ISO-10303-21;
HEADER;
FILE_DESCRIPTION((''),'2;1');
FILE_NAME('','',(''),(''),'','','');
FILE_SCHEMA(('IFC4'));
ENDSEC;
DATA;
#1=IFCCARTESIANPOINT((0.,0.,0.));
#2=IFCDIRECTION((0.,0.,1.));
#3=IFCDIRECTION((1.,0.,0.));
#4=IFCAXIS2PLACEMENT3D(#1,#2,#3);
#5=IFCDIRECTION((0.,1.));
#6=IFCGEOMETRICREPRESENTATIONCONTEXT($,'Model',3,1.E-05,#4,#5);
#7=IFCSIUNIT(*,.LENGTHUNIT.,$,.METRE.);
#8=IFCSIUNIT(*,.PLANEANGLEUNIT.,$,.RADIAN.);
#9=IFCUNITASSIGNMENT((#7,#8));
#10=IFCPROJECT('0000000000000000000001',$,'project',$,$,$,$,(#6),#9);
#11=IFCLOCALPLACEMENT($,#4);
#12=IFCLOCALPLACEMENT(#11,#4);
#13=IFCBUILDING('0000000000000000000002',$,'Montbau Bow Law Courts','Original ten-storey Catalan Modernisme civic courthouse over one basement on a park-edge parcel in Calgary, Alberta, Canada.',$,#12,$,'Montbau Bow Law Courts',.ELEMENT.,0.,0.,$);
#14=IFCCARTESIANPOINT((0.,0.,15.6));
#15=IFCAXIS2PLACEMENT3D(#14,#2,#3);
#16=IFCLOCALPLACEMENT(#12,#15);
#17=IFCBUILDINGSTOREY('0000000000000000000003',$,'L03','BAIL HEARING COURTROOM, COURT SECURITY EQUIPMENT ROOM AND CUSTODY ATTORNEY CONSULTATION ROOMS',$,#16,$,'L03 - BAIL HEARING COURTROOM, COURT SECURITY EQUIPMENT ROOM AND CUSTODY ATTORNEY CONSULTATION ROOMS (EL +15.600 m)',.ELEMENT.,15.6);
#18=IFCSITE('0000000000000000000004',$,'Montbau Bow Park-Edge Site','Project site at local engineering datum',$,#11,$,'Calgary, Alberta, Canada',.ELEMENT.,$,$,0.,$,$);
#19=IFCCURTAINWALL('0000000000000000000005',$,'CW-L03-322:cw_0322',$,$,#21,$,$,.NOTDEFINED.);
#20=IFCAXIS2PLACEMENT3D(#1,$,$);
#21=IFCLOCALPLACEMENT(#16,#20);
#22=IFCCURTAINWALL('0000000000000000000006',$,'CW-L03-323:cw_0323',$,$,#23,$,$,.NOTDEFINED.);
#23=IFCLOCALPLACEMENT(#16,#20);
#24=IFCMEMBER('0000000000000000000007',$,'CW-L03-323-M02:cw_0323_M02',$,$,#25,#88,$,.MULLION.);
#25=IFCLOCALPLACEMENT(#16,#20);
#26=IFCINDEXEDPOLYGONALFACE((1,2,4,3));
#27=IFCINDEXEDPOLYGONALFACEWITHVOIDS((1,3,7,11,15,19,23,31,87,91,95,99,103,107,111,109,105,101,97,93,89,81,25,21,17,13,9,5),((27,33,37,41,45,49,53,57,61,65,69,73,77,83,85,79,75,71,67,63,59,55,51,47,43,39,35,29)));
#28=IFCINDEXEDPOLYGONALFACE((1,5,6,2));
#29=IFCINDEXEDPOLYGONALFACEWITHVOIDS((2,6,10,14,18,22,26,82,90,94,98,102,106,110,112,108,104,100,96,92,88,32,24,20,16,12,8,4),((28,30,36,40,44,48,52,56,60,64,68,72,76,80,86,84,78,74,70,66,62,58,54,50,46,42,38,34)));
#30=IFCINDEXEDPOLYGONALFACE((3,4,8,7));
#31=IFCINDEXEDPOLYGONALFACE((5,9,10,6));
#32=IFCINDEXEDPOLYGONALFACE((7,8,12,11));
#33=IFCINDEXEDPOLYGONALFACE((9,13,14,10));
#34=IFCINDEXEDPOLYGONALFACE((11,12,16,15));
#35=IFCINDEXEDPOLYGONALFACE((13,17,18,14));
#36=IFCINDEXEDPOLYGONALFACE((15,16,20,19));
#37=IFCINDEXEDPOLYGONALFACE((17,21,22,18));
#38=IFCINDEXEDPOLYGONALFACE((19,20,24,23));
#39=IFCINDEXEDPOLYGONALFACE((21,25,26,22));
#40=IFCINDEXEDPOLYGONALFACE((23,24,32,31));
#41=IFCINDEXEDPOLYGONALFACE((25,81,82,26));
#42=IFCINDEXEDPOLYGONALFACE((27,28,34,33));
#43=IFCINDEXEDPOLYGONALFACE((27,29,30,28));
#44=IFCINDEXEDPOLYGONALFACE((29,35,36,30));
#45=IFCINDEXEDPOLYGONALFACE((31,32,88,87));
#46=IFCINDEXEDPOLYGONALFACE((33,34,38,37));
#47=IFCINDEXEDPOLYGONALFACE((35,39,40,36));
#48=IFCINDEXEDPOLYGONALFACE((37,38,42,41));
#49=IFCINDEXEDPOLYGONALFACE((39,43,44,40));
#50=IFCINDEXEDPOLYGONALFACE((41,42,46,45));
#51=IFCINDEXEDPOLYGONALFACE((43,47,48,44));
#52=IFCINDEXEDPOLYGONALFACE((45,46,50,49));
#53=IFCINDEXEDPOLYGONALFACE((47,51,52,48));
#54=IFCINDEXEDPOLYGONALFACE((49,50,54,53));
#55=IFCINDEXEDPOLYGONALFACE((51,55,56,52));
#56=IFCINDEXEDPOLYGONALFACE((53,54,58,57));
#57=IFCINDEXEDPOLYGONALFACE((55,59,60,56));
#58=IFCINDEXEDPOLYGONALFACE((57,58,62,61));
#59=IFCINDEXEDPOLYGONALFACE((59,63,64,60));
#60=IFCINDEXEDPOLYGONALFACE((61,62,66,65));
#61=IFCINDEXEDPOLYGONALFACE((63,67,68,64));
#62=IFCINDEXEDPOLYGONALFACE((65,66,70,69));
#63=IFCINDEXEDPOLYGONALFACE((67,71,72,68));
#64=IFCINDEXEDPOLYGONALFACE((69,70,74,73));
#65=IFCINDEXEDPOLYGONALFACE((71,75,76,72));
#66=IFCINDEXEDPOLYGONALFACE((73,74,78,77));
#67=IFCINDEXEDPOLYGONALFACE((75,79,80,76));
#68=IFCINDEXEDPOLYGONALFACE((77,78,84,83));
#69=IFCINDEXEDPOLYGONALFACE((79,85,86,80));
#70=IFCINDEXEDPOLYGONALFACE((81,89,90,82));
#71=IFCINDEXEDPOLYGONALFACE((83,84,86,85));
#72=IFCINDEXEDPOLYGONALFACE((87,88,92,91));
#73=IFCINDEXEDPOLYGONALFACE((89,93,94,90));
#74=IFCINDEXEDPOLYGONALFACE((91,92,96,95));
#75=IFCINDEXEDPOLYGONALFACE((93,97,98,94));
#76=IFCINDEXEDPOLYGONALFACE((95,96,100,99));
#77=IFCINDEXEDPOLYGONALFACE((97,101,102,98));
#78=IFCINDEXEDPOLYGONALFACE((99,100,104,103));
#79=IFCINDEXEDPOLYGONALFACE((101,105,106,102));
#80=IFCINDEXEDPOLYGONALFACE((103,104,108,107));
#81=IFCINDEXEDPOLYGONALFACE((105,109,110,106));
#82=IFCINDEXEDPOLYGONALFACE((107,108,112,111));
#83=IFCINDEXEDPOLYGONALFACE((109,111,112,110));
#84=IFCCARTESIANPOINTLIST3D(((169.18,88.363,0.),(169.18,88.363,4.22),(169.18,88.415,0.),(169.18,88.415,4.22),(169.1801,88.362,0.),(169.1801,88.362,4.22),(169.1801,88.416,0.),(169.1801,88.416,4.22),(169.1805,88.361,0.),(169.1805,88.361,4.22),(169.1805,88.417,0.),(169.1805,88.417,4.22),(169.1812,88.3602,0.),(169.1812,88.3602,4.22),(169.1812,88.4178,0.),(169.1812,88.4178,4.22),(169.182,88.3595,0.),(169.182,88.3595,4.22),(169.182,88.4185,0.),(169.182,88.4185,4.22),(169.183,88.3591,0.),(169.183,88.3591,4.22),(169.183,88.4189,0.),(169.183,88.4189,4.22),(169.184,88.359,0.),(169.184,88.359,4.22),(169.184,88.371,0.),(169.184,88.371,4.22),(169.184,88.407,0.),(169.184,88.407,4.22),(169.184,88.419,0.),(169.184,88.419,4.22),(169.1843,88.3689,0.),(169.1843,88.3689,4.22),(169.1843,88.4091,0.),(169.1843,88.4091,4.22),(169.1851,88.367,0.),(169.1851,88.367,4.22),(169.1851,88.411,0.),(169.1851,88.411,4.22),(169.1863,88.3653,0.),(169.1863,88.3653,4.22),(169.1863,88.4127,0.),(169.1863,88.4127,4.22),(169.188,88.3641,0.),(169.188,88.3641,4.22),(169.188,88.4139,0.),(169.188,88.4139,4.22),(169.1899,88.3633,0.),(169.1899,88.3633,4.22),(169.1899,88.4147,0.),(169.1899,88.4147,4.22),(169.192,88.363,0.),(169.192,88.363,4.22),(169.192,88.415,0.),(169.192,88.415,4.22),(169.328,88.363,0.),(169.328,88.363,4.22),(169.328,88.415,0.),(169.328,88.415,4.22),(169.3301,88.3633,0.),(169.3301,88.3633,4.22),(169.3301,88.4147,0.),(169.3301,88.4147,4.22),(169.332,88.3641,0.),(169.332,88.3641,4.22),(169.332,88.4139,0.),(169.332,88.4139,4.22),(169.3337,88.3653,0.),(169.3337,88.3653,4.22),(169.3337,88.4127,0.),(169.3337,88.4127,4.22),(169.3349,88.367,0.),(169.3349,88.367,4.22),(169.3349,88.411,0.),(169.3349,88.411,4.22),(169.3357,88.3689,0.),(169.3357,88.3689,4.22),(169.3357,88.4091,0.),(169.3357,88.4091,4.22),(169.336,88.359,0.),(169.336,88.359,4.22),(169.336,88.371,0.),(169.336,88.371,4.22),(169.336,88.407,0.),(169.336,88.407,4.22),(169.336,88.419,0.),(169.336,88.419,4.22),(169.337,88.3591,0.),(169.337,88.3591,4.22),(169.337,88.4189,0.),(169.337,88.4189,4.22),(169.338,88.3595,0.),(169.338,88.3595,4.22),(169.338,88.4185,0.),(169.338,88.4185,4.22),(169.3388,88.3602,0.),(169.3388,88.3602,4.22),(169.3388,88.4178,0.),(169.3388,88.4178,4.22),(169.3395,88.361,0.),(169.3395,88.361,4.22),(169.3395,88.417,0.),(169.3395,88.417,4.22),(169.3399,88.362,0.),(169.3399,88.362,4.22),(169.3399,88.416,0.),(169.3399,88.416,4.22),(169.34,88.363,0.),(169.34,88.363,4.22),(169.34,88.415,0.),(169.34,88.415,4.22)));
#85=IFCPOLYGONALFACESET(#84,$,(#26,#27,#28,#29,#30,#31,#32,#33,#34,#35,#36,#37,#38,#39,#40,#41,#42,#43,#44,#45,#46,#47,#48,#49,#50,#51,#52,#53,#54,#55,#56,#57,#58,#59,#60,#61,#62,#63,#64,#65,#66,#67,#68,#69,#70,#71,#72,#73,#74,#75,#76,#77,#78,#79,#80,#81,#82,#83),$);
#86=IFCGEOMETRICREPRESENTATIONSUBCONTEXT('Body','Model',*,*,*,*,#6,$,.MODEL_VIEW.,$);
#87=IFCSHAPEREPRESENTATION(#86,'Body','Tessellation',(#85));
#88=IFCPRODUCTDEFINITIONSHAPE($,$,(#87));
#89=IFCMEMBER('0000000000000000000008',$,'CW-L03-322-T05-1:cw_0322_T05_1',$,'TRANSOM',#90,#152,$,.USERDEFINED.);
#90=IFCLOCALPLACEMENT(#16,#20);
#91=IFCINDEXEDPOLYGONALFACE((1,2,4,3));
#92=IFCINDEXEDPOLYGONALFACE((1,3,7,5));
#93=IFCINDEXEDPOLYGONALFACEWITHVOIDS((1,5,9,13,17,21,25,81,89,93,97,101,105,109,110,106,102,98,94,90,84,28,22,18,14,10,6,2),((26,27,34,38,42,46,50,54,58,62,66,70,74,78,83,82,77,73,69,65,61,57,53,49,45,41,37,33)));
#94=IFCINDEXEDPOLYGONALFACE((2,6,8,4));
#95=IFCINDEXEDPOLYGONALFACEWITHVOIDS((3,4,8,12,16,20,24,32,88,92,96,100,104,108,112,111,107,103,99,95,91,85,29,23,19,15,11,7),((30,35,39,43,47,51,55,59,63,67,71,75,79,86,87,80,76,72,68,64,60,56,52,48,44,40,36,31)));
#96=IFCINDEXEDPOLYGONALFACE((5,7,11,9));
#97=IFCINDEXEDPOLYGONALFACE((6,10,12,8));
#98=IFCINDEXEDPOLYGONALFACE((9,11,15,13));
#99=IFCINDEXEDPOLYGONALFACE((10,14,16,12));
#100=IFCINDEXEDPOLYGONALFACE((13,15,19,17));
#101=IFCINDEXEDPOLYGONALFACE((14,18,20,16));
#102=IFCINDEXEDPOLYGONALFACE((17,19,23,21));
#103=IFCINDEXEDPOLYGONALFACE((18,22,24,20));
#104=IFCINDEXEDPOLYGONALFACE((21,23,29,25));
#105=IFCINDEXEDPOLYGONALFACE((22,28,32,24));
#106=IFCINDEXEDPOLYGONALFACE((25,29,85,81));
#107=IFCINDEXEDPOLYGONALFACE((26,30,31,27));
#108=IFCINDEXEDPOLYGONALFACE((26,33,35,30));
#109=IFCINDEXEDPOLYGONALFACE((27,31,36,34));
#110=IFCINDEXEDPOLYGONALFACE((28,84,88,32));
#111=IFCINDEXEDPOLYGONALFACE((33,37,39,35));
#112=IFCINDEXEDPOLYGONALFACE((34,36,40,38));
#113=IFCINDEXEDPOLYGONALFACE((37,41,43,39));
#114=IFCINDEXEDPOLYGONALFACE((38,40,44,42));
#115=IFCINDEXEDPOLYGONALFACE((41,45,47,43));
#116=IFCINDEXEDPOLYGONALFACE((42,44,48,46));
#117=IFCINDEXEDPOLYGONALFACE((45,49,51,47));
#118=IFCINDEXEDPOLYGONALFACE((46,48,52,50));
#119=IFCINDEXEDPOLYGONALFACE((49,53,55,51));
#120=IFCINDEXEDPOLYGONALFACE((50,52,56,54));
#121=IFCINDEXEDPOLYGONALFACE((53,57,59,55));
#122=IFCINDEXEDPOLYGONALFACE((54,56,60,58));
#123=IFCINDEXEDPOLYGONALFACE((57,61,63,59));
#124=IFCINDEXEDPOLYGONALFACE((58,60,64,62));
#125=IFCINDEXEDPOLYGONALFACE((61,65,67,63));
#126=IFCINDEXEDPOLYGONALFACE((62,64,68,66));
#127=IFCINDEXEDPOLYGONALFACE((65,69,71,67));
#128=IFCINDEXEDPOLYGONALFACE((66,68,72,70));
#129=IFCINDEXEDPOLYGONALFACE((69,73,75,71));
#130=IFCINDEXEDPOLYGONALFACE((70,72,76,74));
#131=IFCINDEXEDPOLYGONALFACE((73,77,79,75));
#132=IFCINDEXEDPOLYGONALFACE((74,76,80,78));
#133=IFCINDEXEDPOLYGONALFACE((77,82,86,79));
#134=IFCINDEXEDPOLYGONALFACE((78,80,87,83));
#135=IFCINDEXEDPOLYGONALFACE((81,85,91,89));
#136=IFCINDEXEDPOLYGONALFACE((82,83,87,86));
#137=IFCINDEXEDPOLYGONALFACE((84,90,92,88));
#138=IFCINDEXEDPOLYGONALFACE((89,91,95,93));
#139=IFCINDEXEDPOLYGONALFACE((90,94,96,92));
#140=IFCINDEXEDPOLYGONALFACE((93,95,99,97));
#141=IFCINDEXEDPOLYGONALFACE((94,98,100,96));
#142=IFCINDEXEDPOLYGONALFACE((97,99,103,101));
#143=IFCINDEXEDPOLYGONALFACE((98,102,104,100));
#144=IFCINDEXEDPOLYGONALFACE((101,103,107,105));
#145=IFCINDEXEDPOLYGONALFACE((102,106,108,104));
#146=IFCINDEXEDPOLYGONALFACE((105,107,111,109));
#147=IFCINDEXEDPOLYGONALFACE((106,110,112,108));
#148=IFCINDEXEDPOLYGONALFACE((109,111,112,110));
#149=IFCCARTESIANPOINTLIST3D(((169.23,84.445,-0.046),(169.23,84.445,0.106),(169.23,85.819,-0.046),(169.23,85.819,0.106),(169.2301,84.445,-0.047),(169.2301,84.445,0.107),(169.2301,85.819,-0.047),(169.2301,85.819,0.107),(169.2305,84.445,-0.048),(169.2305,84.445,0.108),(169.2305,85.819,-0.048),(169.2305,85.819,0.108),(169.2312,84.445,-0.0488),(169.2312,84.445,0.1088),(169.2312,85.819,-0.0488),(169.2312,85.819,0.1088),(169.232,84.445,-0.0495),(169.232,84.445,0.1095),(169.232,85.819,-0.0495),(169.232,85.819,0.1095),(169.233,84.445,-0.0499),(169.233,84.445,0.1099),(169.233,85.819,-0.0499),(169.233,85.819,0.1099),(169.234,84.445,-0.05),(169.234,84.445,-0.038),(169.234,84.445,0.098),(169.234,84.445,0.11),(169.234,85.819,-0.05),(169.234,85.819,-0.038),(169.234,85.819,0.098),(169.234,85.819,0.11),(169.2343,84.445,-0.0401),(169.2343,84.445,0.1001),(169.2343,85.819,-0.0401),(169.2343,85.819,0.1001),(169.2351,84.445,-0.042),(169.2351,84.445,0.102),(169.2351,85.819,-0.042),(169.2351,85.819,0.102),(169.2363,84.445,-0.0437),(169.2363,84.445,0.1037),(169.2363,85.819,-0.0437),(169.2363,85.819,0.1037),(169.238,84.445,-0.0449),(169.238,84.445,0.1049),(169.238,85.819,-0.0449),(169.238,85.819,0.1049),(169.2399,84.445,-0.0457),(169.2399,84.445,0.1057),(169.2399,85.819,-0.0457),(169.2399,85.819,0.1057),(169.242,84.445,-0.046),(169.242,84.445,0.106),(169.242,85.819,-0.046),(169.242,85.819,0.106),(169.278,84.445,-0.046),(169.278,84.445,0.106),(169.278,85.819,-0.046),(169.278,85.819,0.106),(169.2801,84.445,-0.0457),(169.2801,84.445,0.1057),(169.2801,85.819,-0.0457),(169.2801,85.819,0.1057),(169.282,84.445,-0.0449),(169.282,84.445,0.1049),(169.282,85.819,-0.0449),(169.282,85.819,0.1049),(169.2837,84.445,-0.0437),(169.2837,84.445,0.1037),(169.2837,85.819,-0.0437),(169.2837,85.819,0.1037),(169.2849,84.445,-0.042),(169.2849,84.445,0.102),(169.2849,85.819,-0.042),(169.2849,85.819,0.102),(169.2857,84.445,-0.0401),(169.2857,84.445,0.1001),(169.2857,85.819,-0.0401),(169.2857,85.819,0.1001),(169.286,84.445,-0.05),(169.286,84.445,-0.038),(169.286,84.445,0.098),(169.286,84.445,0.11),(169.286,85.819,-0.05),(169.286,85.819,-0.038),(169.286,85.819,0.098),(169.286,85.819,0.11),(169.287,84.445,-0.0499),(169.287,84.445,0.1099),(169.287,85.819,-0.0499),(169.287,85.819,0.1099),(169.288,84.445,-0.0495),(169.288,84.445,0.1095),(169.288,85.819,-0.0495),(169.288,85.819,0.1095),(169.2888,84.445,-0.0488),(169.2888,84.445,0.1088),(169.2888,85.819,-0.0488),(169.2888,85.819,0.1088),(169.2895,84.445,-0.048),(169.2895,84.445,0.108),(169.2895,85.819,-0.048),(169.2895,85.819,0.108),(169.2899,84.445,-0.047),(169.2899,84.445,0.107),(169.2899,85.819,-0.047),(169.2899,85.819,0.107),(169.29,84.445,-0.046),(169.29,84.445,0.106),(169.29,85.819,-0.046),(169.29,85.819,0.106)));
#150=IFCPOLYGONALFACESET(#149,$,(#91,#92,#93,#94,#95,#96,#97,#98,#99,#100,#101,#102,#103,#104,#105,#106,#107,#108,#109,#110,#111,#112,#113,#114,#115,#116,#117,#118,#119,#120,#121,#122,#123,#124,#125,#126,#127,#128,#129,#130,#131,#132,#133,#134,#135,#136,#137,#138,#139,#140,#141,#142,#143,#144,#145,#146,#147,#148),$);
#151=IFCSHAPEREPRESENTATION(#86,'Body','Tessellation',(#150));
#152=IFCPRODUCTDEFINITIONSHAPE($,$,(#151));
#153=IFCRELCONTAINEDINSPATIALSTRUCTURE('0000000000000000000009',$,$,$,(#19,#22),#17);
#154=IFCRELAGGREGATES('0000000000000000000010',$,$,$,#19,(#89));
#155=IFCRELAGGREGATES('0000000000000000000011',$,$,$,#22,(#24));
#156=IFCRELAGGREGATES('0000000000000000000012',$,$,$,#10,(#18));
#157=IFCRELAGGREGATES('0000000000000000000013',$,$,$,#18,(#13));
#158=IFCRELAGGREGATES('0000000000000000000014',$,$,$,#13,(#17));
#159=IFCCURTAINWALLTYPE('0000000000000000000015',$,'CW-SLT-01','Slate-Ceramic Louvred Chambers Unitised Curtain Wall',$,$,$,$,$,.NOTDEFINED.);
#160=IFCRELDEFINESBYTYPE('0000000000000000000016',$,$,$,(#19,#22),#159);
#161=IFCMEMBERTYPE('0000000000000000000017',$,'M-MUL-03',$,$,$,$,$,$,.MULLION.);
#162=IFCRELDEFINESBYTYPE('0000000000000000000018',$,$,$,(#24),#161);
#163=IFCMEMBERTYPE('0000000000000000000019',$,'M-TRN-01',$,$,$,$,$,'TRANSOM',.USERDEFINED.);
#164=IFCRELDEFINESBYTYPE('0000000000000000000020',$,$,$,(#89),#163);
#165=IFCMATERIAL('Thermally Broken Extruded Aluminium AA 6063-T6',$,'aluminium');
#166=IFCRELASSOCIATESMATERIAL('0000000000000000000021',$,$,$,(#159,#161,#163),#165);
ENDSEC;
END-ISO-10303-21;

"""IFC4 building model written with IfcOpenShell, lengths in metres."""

from ifc_helpers import new_model, si_unit, direction, frame, origin_with_axes, origin_2d_with_axis, place, context, subcontext, project, spatial, hollow_rectangle, extrude, material, material_profile, profile_set, type_object, element, aggregate, save


model = new_model("IFC4")

# Units and contexts
model_context = context("Model", 3, precision=1e-05, world=origin_with_axes(), true_north=direction((0.0, 1.0)))
body_context = subcontext(model_context, "Body", "Model", "MODEL_VIEW")
ifc_project = project(units=[si_unit("LENGTHUNIT", "METRE"), si_unit("PLANEANGLEUNIT", "RADIAN")], contexts=[model_context])

# Site, building, storey
site_placement = place(None, origin_with_axes())
site = spatial("IfcSite", under=ifc_project, at=site_placement, Name="Montbau Bow Park-Edge Site", Description="Project site at local engineering datum", LongName="Calgary, Alberta, Canada", CompositionType="ELEMENT", RefElevation=0.0)
building_placement = place(site_placement, origin_with_axes())
building = spatial("IfcBuilding", under=site, at=building_placement, Name="Montbau Bow Law Courts", Description="Original ten-storey Catalan Modernisme civic courthouse over one basement on a park-edge parcel in Calgary, Alberta, Canada.", LongName="Montbau Bow Law Courts", CompositionType="ELEMENT", ElevationOfRefHeight=0.0, ElevationOfTerrain=0.0)
storey_placement = place(building_placement, frame((0.0, 0.0, 15.6), z_axis=(0.0, 0.0, 1.0), x_axis=(1.0, 0.0, 0.0)))
storey = spatial("IfcBuildingStorey", under=building, at=storey_placement, Name="L03", Description="BAIL HEARING COURTROOM, COURT SECURITY EQUIPMENT ROOM AND CUSTODY ATTORNEY CONSULTATION ROOMS", LongName="L03 - BAIL HEARING COURTROOM, COURT SECURITY EQUIPMENT ROOM AND CUSTODY ATTORNEY CONSULTATION ROOMS (EL +15.600 m)", CompositionType="ELEMENT", Elevation=15.6)

# Curtain walls, member
ifc_material_1 = material(Name="Thermally Broken Extruded Aluminium AA 6063-T6", Category="aluminium")
curtain_wall_type = type_object("IfcCurtainWallType", Name="CW-SLT-01", Description="Slate-Ceramic Louvred Chambers Unitised Curtain Wall", PredefinedType="NOTDEFINED", material=ifc_material_1)
curtain_wall_1_placement = place(None, frame((169.26, 78.515, 15.6), z_axis=(0.0, 0.0, 1.0), x_axis=(1.0, 0.0, 0.0)))
curtain_wall_1 = element("IfcCurtainWall", 1, at=curtain_wall_1_placement, inside=storey, type_object=curtain_wall_type, Name="CW-L03-322:cw_0322", PredefinedType="NOTDEFINED")
curtain_wall_2_placement = place(None, frame((169.26, 86.915, 15.6), z_axis=(0.0, 0.0, 1.0), x_axis=(1.0, 0.0, 0.0)))
curtain_wall_2 = element("IfcCurtainWall", 2, at=curtain_wall_2_placement, inside=storey, type_object=curtain_wall_type, Name="CW-L03-323:cw_0323", PredefinedType="NOTDEFINED")
ifc_material_profile_1 = material_profile(ifc_material_1, hollow_rectangle(XDim=0.06, YDim=0.16, WallThickness=0.004, InnerFilletRadius=0.008, OuterFilletRadius=0.004, at=origin_2d_with_axis()), Name="CWM-160X60", Category="Main", Priority=0)
ifc_profile_set_1 = profile_set([ifc_material_profile_1], Name="Thermally Broken Extruded Aluminium AA 6063-T6")
member_type_1 = type_object("IfcMemberType", Name="M-MUL-03", PredefinedType="MULLION", material=ifc_profile_set_1)
member_1_placement = place(None, frame((169.26, 88.389, 15.6), z_axis=(0.0, 0.0, 1.0), x_axis=(0.0, 1.0, 0.0)))
member_1 = element("IfcMember", 3, at=member_1_placement, type_object=member_type_1, Name="CW-L03-323-M02:cw_0323_M02", PredefinedType="MULLION", context=body_context, shape_type="SweptSolid", body=[
    extrude(hollow_rectangle(XDim=0.06, YDim=0.16, WallThickness=0.004, InnerFilletRadius=0.008, OuterFilletRadius=0.004, at=origin_2d_with_axis()), origin_with_axes(), (0.0, 0.0, 1.0), 4.22),
])

# Member
ifc_material_profile_2 = material_profile(ifc_material_1, hollow_rectangle(XDim=0.06, YDim=0.16, WallThickness=0.004, InnerFilletRadius=0.008, OuterFilletRadius=0.004, at=origin_2d_with_axis()), Name="CWT-160X60", Category="Main", Priority=0)
ifc_profile_set_2 = profile_set([ifc_material_profile_2], Name="Thermally Broken Extruded Aluminium AA 6063-T6")
member_type_2 = type_object("IfcMemberType", Name="M-TRN-01", ElementType="TRANSOM", PredefinedType="USERDEFINED", material=ifc_profile_set_2)
member_2_placement = place(None, frame((169.26, 84.445, 15.63), z_axis=(0.0, 1.0, 0.0), x_axis=(-1.0, 0.0, 0.0)))
member_2 = element("IfcMember", 4, at=member_2_placement, type_object=member_type_2, Name="CW-L03-322-T05-1:cw_0322_T05_1", ObjectType="TRANSOM", PredefinedType="USERDEFINED", context=body_context, shape_type="SweptSolid", body=[
    extrude(hollow_rectangle(XDim=0.06, YDim=0.16, WallThickness=0.004, InnerFilletRadius=0.008, OuterFilletRadius=0.004, at=origin_2d_with_axis()), origin_with_axes(), (0.0, 0.0, 1.0), 1.374),
])

aggregate(curtain_wall_1, [member_2])
aggregate(curtain_wall_2, [member_1])

save(model, "model.ifc")
